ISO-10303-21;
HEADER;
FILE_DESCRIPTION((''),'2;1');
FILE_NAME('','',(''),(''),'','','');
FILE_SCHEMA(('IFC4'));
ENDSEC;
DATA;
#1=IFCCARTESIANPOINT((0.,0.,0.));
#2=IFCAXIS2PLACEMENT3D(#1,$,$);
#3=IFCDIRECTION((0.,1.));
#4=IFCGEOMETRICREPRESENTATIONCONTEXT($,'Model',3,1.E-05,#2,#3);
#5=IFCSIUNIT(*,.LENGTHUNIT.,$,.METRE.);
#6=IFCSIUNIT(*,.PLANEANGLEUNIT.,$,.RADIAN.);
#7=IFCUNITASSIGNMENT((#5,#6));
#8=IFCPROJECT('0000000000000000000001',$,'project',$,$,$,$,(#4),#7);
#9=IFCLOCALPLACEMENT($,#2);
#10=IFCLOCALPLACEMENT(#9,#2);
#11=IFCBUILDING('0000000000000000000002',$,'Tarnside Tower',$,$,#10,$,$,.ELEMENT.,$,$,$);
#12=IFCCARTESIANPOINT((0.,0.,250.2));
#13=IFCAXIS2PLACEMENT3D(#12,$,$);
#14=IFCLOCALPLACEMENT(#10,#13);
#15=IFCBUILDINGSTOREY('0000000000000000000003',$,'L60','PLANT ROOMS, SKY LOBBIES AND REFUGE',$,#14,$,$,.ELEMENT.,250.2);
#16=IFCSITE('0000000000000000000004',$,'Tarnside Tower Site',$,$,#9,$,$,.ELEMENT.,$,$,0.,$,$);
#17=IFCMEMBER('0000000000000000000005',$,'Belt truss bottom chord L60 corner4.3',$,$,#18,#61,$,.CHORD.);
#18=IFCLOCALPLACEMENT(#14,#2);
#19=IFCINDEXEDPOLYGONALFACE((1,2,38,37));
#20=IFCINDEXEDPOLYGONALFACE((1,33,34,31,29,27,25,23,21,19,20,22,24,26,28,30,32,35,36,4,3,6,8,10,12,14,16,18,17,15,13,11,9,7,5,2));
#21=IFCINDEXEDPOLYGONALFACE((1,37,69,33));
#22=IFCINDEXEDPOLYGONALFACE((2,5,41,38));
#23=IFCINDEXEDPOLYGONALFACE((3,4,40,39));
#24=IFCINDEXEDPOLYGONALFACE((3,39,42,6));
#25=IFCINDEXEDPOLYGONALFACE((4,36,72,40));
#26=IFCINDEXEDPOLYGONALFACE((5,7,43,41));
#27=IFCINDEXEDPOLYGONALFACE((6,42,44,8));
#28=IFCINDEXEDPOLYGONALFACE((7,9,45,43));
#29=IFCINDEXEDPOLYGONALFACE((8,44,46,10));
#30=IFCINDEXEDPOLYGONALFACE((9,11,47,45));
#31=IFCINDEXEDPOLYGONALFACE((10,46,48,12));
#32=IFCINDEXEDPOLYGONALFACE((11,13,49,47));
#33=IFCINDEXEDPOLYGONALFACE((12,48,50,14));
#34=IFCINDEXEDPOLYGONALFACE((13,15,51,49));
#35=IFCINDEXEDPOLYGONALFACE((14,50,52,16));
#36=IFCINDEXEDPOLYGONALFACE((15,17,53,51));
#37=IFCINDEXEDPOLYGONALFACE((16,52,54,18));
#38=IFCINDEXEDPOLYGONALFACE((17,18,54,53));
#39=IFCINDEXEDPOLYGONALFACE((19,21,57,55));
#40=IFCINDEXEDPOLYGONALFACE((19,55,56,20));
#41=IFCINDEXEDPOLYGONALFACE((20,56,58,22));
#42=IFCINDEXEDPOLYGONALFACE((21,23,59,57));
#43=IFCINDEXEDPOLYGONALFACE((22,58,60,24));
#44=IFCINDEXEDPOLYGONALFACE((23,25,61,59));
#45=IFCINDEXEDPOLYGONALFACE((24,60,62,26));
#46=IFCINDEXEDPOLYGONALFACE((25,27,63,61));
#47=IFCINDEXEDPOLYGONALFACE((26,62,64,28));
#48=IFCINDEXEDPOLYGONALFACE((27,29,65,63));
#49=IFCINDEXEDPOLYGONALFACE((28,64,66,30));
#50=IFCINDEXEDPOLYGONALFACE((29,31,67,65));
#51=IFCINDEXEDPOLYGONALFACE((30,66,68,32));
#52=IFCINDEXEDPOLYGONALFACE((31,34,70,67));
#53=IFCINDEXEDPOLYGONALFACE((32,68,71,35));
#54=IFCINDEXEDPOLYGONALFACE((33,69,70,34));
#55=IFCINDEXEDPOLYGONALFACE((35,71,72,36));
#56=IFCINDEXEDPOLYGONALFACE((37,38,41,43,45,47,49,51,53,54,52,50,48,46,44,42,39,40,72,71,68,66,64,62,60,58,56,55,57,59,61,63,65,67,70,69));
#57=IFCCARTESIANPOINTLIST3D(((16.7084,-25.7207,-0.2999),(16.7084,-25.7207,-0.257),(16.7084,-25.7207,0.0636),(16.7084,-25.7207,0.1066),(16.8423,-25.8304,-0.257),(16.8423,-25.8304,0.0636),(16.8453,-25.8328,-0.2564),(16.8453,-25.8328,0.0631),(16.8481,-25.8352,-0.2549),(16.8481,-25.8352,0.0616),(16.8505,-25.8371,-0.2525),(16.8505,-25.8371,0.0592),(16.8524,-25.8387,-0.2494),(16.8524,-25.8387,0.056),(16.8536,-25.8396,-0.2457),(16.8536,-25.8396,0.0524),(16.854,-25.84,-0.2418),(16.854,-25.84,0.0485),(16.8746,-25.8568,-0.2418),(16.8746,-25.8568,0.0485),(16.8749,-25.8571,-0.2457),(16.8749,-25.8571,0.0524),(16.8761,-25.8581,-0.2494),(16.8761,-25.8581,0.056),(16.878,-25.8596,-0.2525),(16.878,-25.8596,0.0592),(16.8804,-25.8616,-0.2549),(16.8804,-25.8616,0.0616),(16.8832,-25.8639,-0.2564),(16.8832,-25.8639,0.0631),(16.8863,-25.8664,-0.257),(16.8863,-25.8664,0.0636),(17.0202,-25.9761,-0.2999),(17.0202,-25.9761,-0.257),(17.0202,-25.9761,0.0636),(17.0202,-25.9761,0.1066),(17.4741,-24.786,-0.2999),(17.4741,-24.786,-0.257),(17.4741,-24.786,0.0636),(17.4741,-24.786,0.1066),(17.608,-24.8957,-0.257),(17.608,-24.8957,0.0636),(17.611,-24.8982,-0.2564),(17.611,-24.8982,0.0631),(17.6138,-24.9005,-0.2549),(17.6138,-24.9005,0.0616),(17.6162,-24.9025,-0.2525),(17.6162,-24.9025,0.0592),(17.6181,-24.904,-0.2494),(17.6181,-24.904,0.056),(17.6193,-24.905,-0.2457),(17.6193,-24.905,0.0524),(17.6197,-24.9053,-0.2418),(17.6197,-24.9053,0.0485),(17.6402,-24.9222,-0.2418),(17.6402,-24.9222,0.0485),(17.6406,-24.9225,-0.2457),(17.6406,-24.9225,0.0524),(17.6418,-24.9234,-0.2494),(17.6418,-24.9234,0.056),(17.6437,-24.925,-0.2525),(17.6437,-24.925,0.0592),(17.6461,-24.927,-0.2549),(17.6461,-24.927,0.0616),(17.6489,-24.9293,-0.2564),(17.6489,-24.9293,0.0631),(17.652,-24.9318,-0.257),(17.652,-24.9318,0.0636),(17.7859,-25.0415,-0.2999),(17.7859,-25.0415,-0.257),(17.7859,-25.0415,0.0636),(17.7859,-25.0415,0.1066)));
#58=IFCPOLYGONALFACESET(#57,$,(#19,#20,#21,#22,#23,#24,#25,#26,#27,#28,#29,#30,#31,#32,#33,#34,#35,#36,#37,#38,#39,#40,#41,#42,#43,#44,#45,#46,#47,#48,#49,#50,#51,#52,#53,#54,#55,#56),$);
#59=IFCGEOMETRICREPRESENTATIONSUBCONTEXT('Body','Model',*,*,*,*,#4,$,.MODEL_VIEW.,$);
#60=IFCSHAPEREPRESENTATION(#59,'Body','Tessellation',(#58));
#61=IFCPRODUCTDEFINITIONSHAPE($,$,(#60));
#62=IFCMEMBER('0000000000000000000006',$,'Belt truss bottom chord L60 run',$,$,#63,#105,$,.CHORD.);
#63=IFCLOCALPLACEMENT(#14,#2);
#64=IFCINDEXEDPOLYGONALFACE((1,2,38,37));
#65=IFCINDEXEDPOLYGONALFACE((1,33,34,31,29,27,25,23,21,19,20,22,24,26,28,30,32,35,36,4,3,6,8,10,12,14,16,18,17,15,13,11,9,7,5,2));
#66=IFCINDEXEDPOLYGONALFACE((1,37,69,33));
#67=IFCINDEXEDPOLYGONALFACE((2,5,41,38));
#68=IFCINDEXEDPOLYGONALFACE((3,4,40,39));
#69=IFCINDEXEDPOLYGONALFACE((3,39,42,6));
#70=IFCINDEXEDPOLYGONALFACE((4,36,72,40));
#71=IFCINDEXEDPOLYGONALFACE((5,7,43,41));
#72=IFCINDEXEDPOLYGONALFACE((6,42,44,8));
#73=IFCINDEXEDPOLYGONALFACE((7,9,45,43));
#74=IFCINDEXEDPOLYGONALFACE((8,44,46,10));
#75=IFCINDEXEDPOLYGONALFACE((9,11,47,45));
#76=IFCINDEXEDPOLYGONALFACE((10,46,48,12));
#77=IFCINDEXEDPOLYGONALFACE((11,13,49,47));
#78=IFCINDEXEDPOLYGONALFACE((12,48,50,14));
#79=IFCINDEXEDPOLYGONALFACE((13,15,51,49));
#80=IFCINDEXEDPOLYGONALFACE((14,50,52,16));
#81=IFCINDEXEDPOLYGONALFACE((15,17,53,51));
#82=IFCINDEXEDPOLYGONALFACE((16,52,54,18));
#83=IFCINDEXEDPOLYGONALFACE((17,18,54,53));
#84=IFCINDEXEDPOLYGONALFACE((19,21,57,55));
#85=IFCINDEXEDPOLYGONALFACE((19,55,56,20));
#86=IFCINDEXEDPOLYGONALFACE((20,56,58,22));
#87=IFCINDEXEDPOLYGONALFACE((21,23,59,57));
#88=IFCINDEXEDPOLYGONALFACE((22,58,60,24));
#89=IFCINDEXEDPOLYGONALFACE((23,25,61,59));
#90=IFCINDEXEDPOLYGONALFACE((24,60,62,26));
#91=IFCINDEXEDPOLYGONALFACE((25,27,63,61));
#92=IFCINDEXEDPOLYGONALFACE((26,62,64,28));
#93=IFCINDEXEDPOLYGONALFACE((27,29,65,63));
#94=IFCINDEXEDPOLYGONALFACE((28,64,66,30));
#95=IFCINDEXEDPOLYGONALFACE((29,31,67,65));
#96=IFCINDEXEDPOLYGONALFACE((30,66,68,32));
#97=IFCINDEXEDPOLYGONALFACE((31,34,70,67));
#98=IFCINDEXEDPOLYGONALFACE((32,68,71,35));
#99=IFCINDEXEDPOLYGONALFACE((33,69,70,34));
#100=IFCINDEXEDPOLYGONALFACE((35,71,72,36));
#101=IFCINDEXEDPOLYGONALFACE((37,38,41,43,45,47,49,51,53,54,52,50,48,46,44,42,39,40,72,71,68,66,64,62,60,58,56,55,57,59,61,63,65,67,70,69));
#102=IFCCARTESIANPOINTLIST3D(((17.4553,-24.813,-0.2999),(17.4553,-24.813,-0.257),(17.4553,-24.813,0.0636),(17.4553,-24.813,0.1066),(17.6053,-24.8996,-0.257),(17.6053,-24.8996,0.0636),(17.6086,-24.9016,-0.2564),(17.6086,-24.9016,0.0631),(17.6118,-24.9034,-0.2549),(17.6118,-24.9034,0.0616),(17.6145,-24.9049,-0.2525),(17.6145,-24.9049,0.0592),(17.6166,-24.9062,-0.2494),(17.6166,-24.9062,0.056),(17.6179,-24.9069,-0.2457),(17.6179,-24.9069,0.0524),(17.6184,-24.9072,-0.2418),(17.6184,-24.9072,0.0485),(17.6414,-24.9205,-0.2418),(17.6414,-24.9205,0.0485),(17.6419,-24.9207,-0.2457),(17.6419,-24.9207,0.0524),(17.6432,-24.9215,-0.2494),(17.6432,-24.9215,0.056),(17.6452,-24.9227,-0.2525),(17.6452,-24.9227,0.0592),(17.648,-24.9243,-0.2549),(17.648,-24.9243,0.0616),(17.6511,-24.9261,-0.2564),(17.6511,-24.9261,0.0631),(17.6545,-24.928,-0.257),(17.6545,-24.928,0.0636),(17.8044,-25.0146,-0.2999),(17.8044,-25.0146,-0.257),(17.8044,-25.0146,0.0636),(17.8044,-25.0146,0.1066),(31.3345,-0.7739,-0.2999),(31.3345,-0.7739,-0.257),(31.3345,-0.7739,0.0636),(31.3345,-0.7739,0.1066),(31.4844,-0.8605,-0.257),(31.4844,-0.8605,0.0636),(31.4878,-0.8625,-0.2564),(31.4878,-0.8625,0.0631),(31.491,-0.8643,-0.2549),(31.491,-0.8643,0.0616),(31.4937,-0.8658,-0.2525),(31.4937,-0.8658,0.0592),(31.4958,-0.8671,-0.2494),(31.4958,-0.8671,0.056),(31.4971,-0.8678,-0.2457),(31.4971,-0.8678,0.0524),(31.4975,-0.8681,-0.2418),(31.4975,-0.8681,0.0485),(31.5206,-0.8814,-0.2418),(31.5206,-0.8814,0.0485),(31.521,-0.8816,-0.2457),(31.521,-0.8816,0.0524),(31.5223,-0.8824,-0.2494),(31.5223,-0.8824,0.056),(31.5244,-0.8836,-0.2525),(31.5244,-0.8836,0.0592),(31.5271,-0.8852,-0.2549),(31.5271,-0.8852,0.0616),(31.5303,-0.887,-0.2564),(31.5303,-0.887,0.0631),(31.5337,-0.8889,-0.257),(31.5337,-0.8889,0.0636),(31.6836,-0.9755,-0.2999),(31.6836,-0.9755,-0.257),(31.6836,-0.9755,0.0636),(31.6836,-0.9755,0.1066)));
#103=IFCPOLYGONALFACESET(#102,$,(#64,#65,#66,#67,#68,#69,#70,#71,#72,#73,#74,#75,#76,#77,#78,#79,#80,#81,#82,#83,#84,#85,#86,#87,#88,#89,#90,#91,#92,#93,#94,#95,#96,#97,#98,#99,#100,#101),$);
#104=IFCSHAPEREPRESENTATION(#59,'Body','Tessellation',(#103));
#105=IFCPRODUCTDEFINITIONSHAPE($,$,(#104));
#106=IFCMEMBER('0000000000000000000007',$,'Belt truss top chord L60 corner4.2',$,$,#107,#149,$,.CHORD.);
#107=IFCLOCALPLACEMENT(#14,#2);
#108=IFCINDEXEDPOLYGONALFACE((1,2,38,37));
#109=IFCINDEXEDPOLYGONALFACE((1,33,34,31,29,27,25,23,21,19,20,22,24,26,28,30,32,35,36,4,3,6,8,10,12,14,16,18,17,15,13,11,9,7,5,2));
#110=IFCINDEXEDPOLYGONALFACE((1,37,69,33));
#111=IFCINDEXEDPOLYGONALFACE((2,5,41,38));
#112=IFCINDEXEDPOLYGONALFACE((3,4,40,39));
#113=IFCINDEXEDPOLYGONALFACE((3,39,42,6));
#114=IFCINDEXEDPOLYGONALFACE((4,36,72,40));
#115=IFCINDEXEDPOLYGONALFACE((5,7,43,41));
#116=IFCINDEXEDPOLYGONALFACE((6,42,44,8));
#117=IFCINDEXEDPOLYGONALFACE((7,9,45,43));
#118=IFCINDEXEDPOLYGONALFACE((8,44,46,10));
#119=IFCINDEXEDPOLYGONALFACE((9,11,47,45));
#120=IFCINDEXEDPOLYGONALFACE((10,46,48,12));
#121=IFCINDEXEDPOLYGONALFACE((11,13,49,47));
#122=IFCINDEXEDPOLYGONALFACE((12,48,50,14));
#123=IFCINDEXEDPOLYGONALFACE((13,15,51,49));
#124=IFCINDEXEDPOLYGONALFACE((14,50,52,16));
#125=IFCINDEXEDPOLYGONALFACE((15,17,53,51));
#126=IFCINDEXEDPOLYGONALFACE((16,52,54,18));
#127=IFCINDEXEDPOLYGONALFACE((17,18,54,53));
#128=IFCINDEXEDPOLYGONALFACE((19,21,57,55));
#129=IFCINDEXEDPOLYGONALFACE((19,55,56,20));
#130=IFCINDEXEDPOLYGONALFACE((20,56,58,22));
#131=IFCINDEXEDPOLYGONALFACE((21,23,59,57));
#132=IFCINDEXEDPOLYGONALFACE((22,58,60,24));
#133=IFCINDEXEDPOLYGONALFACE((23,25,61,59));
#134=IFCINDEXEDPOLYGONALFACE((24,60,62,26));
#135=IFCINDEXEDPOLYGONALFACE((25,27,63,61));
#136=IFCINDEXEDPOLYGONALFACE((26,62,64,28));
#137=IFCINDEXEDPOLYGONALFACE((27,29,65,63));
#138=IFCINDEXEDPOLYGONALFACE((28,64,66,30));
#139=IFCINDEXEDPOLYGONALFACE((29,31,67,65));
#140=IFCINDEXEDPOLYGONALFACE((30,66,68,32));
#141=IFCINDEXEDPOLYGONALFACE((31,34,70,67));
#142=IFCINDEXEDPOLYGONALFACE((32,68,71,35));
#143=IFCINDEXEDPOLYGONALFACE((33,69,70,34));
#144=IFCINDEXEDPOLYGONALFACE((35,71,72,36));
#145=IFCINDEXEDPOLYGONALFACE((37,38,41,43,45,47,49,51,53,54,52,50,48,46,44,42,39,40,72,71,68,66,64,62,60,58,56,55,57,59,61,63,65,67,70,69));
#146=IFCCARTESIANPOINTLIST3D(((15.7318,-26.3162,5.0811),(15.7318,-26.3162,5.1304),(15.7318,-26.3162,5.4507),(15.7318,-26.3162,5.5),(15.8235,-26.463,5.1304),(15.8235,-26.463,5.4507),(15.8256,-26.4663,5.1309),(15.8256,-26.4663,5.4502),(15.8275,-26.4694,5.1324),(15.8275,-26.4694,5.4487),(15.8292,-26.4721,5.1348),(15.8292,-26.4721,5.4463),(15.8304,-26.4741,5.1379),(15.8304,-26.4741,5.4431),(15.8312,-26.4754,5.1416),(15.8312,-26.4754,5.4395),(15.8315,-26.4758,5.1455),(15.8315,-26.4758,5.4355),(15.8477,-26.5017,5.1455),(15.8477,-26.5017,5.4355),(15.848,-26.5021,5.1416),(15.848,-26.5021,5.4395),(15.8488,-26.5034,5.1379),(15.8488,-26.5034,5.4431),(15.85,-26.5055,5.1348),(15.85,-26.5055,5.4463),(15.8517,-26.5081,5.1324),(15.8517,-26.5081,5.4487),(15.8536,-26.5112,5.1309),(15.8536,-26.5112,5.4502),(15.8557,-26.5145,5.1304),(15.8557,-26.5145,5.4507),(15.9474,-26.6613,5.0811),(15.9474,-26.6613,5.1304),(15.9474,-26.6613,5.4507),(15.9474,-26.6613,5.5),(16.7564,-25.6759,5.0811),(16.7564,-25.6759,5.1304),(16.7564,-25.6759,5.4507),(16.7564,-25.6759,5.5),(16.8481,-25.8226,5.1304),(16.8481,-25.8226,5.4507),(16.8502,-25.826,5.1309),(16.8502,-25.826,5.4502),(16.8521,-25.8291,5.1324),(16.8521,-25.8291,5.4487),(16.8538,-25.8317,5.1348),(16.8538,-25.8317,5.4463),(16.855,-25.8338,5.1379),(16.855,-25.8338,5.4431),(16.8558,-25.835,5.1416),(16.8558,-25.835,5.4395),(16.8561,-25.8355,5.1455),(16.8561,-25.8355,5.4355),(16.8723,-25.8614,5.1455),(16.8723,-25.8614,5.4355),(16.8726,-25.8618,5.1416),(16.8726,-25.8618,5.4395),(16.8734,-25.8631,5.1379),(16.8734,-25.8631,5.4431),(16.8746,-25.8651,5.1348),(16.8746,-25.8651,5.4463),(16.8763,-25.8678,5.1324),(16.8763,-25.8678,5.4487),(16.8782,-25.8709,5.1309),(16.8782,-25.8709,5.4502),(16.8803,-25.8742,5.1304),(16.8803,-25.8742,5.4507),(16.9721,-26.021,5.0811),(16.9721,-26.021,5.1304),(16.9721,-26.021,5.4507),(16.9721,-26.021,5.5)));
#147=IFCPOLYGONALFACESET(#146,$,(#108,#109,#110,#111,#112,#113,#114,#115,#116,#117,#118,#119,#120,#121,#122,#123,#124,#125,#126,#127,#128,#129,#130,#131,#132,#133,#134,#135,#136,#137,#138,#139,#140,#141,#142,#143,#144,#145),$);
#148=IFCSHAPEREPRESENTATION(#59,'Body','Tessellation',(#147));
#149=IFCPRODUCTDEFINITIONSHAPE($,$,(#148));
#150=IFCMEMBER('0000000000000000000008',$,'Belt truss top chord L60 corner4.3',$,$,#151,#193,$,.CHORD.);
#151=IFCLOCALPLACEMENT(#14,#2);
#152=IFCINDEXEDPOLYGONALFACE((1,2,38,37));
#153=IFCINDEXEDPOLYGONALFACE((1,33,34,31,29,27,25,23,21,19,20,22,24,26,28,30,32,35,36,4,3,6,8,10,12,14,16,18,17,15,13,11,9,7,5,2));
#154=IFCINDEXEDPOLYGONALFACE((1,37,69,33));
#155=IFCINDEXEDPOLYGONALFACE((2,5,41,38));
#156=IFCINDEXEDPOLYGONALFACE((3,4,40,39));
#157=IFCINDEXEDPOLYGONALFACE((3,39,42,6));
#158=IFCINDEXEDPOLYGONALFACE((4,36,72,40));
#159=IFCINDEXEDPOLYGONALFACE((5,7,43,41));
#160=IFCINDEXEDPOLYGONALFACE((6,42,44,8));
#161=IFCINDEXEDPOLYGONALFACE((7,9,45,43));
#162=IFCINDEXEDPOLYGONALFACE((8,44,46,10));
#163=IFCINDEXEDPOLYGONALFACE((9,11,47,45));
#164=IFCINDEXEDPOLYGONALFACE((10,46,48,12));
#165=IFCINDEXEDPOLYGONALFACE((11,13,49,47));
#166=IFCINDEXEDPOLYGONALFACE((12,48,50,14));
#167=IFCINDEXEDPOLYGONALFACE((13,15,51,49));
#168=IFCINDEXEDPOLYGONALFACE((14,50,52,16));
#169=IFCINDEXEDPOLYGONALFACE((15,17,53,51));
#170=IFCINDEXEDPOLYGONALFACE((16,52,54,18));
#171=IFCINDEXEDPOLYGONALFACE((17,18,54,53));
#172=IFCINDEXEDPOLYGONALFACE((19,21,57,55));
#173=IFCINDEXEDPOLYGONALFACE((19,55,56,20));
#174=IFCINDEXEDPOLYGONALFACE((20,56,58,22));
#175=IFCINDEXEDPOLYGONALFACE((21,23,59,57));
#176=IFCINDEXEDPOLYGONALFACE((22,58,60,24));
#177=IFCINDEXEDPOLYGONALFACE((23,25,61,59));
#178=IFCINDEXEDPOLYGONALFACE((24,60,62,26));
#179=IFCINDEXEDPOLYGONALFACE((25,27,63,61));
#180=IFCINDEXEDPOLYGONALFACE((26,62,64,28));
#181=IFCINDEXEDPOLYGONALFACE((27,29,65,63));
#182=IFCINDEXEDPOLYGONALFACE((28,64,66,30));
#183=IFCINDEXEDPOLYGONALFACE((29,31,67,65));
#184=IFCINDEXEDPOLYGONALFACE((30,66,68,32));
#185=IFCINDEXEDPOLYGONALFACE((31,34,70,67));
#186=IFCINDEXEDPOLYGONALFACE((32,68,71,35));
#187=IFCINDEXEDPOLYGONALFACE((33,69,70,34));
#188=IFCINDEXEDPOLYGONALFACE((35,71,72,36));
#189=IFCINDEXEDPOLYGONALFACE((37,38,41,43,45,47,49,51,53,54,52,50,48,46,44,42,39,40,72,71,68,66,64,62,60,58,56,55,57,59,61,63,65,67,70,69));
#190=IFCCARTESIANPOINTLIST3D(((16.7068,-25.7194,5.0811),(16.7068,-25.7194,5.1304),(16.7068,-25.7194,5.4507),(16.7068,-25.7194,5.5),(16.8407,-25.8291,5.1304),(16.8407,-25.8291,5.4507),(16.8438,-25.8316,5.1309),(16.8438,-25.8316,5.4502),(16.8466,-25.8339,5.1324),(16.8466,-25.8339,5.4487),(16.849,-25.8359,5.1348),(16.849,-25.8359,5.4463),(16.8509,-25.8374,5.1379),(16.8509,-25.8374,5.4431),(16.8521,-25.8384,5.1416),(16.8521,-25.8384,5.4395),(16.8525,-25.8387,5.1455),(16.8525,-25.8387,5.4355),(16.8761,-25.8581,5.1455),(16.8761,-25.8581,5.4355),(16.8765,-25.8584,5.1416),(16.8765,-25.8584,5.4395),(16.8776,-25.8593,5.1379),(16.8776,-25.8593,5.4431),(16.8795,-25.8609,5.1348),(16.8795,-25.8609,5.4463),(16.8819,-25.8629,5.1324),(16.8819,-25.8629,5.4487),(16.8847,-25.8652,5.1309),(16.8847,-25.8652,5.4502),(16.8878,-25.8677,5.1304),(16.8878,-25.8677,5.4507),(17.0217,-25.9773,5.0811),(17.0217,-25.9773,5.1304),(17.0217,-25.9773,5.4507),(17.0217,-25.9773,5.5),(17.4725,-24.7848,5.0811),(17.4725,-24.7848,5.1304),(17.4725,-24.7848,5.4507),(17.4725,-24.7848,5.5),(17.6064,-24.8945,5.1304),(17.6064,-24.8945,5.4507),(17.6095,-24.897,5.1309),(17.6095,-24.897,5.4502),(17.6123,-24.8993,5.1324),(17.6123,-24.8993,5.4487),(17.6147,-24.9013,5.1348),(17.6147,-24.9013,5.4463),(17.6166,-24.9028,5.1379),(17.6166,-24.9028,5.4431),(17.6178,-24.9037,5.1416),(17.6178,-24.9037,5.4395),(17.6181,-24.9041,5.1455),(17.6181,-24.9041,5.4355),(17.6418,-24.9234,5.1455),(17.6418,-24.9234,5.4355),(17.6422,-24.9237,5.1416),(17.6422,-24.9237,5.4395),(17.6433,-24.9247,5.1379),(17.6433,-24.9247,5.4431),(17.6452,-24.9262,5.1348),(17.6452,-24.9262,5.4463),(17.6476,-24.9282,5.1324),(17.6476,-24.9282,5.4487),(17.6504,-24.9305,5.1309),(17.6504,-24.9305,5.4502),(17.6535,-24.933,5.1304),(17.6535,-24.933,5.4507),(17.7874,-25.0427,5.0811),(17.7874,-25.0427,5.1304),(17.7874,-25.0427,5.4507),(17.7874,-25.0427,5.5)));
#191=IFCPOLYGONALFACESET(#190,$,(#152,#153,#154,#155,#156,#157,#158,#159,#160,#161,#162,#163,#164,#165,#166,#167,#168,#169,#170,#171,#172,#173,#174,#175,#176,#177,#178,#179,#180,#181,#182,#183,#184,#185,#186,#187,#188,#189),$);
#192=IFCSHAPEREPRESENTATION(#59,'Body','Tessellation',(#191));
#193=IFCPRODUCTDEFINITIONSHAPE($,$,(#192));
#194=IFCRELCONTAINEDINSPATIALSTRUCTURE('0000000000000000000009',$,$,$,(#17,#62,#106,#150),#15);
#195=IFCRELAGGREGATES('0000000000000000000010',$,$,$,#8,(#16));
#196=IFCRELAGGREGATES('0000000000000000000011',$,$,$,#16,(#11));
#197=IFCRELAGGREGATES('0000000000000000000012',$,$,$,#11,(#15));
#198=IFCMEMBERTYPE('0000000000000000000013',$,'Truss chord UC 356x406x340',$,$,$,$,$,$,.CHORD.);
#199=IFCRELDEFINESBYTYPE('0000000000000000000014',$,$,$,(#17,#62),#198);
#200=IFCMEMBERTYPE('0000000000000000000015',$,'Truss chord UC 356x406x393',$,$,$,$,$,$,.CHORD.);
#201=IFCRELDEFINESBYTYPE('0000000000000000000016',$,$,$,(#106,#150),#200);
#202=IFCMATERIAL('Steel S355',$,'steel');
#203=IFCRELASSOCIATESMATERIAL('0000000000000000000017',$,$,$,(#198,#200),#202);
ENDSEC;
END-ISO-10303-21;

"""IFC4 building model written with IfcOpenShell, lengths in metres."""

from ifc_helpers import new_model, si_unit, direction, frame, origin, origin_2d, place, context, subcontext, project, spatial, i_section, extrude, material, material_profile, profile_set, type_object, element, save


model = new_model("IFC4")

# Units and contexts
model_context = context("Model", 3, precision=1e-05, world=origin(), true_north=direction((0.0, 1.0)))
body_context = subcontext(model_context, "Body", "Model", "MODEL_VIEW")
ifc_project = project(units=[si_unit("LENGTHUNIT", "METRE"), si_unit("PLANEANGLEUNIT", "RADIAN")], contexts=[model_context])

# Site, building, storey
site_placement = place(None, origin())
site = spatial("IfcSite", under=ifc_project, at=site_placement, Name="Tarnside Tower Site", CompositionType="ELEMENT", RefElevation=0.0)
building_placement = place(site_placement, origin())
building = spatial("IfcBuilding", under=site, at=building_placement, Name="Tarnside Tower", CompositionType="ELEMENT")
storey_placement = place(building_placement, frame((0.0, 0.0, 250.2)))
storey = spatial("IfcBuildingStorey", under=building, at=storey_placement, Name="L60", Description="PLANT ROOMS, SKY LOBBIES AND REFUGE", CompositionType="ELEMENT", Elevation=250.2)

# Shared definitions
ifc_material_1 = material(Name="Steel S355", Category="steel")

# Members
ifc_material_profile_1 = material_profile(ifc_material_1, i_section(OverallWidth=0.4031, OverallDepth=0.4065, WebThickness=0.0266, FlangeThickness=0.043, FilletRadius=0.0151, at=origin_2d()), Name="UC 356x406x340")
ifc_profile_set_1 = profile_set([ifc_material_profile_1], Name="Steel S355")
member_type_1 = type_object("IfcMemberType", Name="Truss chord UC 356x406x340", PredefinedType="CHORD", material=ifc_profile_set_1)
for number, where, z_axis, x_axis, name in (
    (1, (16.8643, -25.8484, -0.0967), (0.633722, 0.773561, 0.0), (-0.773561, 0.633722, 0.0), "Belt truss bottom chord L60 corner4.3"),
):
    element("IfcMember", number, at=place(storey_placement, frame(where, z_axis=z_axis, x_axis=x_axis)), inside=storey, type_object=member_type_1, Name=name, PredefinedType="CHORD", context=body_context, shape_type="SweptSolid", body=[
        extrude(i_section(OverallWidth=0.4031, OverallDepth=0.4065, WebThickness=0.0266, FlangeThickness=0.043, FilletRadius=0.0151, at=origin_2d()), origin(), (0.0, 0.0, 1.0), 1.2083),
    ])
member_1_placement = place(storey_placement, frame((17.6299, -24.9138, -0.0967), z_axis=(0.500005, 0.866022, 0.0), x_axis=(-0.866022, 0.500005, 0.0)))
element("IfcMember", 2, at=member_1_placement, inside=storey, type_object=member_type_1, Name="Belt truss bottom chord L60 run", PredefinedType="CHORD", context=body_context, shape_type="SweptSolid", body=[
    extrude(i_section(OverallWidth=0.4031, OverallDepth=0.4065, WebThickness=0.0266, FlangeThickness=0.043, FilletRadius=0.0151, at=origin_2d()), origin(), (0.0, 0.0, 1.0), 27.7581),
])
ifc_material_profile_2 = material_profile(ifc_material_1, i_section(OverallWidth=0.407, OverallDepth=0.4189, WebThickness=0.0305, FlangeThickness=0.0493, FilletRadius=0.0151, at=origin_2d()), Name="UC 356x406x393")
ifc_profile_set_2 = profile_set([ifc_material_profile_2], Name="Steel S355")
member_type_2 = type_object("IfcMemberType", Name="Truss chord UC 356x406x393", PredefinedType="CHORD", material=ifc_profile_set_2)
for number, where, z_axis, x_axis, name in (
    (3, (15.8396, -26.4888, 5.2905), (0.84801, 0.529981, 0.0), (-0.529981, 0.84801, 0.0), "Belt truss top chord L60 corner4.2"),
    (4, (16.8643, -25.8484, 5.2905), (0.633722, 0.773561, 0.0), (-0.773561, 0.633722, 0.0), "Belt truss top chord L60 corner4.3"),
):
    element("IfcMember", number, at=place(storey_placement, frame(where, z_axis=z_axis, x_axis=x_axis)), inside=storey, type_object=member_type_2, Name=name, PredefinedType="CHORD", context=body_context, shape_type="SweptSolid", body=[
        extrude(i_section(OverallWidth=0.407, OverallDepth=0.4189, WebThickness=0.0305, FlangeThickness=0.0493, FilletRadius=0.0151, at=origin_2d()), origin(), (0.0, 0.0, 1.0), 1.2083),
    ])

save(model, "model.ifc")
